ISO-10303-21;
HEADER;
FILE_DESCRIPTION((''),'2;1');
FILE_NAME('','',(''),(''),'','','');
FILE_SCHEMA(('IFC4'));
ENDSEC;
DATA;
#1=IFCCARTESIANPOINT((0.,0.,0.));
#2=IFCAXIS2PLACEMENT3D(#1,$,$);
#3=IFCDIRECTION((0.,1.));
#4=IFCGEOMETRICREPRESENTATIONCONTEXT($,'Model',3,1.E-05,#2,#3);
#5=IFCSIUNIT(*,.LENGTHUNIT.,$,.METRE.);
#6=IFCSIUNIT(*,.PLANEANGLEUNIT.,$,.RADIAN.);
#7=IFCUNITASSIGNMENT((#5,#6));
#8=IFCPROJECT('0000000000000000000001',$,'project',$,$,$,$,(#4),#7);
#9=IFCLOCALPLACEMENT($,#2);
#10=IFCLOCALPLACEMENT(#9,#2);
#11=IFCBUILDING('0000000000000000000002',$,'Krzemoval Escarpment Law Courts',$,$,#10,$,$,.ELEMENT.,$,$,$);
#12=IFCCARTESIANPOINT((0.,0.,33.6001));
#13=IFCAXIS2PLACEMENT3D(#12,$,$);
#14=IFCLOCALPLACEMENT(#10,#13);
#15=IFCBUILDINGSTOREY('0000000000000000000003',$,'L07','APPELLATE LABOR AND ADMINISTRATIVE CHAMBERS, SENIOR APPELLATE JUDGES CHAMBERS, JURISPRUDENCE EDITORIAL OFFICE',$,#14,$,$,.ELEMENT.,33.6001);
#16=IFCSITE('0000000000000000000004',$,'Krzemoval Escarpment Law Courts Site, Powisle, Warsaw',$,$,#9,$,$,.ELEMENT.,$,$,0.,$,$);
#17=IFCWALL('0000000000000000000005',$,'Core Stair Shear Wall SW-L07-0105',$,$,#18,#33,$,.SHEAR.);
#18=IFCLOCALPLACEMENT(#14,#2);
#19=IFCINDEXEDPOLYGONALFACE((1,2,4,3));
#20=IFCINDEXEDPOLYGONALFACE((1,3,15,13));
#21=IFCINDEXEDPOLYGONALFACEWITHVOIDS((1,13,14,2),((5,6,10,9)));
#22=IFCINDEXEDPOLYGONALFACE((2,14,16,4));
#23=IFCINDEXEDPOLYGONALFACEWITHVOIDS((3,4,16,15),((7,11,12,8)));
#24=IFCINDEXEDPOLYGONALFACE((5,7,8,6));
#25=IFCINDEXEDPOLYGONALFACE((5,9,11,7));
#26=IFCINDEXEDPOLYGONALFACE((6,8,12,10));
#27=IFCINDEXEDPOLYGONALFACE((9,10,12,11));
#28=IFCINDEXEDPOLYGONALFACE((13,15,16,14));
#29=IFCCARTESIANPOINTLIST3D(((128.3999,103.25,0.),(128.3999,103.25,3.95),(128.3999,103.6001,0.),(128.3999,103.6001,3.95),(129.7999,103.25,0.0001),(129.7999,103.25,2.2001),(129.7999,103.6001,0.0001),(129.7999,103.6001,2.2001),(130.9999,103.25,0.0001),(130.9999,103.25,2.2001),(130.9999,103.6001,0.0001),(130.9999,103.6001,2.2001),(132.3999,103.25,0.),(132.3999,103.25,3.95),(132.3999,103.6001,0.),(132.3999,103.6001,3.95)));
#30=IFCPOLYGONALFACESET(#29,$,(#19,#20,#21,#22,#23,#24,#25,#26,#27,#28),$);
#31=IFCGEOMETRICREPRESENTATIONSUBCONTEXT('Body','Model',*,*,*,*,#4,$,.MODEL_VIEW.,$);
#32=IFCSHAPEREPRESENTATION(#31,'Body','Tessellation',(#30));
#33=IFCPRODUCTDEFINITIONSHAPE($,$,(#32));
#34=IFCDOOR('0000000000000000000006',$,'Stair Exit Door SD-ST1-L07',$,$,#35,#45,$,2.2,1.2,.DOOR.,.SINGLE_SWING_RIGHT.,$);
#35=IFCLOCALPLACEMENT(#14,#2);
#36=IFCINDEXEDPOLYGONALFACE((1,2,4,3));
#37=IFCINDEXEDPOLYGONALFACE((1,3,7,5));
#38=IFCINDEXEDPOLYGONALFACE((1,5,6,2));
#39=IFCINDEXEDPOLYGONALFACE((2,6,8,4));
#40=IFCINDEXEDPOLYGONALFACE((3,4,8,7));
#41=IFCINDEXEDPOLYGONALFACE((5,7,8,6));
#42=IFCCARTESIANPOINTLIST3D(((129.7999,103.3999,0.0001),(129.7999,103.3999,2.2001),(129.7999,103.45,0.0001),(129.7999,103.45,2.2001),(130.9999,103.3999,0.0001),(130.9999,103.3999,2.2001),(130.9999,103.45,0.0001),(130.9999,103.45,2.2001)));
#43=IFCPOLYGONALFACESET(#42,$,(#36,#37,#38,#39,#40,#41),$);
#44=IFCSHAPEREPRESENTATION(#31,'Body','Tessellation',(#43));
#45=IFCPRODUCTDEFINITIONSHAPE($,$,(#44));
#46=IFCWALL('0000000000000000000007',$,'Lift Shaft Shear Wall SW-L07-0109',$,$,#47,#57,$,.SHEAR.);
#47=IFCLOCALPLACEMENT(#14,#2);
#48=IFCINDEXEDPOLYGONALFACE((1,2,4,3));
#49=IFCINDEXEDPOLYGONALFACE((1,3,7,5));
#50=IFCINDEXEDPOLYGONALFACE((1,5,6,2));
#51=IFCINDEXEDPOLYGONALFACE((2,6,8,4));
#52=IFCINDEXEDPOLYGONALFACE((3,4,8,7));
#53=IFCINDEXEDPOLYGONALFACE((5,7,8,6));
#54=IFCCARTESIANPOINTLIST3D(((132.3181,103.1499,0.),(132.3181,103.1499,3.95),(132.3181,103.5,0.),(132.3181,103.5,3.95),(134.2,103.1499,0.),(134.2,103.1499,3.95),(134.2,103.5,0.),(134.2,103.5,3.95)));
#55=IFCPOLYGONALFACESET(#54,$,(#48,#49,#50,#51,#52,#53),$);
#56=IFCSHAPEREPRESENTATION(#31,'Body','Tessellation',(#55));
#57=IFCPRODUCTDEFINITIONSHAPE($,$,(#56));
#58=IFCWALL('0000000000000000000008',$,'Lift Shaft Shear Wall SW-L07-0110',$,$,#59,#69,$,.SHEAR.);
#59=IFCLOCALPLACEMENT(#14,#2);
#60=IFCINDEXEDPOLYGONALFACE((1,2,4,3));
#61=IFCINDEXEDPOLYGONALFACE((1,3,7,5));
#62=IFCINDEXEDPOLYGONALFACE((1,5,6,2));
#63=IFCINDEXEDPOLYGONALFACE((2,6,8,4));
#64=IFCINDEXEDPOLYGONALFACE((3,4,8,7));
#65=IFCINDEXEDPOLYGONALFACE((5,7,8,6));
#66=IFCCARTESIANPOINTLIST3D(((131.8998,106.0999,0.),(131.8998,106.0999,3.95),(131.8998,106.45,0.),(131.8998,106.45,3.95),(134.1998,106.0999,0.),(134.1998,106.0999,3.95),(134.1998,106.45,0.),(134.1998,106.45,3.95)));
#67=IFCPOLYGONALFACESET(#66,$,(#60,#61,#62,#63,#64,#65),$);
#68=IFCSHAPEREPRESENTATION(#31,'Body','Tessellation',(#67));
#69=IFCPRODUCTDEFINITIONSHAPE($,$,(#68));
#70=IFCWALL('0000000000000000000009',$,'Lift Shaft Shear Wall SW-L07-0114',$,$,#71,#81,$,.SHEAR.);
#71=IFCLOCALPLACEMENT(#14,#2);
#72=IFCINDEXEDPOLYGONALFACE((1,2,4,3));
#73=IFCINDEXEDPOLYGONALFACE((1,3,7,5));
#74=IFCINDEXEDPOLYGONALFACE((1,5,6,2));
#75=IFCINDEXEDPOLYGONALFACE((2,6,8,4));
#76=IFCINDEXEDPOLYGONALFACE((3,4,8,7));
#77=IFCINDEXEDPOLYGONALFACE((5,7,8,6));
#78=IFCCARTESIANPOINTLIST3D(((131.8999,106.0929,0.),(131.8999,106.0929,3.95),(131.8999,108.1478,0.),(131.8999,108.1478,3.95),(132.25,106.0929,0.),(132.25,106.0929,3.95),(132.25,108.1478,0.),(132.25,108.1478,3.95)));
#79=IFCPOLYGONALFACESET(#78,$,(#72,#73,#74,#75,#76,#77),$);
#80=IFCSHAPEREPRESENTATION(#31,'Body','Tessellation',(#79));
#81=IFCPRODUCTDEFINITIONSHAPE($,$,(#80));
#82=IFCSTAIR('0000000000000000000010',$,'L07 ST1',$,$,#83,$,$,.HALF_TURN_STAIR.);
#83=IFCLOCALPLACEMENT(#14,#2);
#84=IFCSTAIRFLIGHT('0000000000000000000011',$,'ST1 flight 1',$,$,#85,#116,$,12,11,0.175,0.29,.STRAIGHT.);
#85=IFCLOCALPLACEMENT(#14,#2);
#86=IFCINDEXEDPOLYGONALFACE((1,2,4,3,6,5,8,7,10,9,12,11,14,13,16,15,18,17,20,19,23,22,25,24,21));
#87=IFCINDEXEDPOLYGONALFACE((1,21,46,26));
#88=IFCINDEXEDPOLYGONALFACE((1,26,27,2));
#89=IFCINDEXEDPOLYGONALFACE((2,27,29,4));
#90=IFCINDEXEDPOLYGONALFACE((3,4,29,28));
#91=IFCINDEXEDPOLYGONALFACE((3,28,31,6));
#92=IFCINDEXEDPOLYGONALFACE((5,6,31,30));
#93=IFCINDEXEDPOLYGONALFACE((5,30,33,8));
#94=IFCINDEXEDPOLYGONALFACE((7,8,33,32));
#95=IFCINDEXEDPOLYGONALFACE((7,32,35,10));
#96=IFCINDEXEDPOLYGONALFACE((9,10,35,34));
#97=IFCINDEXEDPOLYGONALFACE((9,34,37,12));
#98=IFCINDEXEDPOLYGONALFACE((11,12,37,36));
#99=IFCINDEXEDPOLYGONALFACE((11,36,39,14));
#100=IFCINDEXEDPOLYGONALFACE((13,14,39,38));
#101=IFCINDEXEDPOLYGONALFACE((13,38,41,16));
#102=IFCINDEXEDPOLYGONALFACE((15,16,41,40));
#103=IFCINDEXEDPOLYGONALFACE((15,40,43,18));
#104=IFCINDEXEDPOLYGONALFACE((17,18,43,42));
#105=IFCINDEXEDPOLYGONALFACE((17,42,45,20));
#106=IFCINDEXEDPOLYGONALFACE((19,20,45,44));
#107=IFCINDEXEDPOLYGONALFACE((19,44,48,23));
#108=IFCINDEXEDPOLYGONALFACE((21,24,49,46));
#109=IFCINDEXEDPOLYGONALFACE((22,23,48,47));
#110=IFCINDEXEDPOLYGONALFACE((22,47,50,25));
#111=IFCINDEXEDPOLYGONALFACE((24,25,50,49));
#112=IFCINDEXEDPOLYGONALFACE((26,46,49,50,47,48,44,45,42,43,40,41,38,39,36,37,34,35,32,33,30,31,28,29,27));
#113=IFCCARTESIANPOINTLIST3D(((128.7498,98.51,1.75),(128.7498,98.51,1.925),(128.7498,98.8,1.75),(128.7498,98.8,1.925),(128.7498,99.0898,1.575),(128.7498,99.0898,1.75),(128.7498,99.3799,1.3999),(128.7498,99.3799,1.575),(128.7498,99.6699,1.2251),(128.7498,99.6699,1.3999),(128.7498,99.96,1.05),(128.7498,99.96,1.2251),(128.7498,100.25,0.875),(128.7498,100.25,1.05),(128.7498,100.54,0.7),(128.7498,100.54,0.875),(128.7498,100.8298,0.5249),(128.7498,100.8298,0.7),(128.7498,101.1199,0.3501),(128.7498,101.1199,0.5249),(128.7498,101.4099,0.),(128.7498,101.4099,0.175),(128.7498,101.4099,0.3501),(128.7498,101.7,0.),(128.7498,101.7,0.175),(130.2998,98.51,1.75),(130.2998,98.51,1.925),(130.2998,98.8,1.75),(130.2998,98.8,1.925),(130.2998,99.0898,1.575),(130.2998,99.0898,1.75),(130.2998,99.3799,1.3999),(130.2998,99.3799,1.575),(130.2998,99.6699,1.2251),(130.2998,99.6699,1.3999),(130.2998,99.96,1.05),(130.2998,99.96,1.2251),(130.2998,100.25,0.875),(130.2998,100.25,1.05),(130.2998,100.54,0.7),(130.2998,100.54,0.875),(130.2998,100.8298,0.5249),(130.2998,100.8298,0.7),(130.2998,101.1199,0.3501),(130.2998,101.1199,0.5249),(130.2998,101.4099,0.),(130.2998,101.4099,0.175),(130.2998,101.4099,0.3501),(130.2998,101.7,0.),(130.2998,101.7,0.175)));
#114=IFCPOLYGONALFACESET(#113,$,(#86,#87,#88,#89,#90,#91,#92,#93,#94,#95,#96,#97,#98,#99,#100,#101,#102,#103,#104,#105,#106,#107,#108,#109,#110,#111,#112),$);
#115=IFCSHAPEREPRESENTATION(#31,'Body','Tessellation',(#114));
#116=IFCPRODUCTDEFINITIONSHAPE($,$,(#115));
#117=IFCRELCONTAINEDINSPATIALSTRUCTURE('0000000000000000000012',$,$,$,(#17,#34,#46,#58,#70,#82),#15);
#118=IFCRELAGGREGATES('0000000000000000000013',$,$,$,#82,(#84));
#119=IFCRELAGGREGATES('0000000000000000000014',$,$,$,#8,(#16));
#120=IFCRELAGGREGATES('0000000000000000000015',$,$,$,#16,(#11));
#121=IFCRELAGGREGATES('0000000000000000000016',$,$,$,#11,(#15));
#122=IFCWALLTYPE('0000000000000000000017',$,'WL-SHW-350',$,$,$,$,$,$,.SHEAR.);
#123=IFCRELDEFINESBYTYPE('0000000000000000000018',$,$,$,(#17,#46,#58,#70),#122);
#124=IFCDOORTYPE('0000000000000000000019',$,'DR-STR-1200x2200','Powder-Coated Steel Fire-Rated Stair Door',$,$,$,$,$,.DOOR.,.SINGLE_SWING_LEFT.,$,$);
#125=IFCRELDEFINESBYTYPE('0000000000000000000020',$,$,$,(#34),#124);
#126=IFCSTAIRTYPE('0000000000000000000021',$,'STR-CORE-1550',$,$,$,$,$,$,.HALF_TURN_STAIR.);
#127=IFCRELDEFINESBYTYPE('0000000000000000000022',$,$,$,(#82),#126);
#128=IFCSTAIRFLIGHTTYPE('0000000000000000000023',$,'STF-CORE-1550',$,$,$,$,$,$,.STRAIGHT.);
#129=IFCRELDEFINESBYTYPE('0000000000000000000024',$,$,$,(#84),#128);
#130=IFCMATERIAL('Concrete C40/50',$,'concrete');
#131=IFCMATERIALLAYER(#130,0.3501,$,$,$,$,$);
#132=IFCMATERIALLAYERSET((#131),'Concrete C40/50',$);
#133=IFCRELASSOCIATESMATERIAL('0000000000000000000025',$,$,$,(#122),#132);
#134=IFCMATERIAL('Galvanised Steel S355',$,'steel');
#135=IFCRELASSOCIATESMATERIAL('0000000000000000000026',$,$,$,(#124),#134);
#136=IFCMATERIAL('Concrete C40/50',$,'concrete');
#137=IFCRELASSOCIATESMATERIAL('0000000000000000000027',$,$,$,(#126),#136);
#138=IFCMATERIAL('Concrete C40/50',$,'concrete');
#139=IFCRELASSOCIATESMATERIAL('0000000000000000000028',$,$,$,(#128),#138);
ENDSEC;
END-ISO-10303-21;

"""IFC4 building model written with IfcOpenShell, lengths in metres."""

from ifc_helpers import new_model, si_unit, direction, frame, frame_2d, origin, place, context, subcontext, project, spatial, polyline, rectangle, outline, extrude, material, layer, layer_set, type_object, element, fill, aggregate, save


model = new_model("IFC4")

# Units and contexts
model_context = context("Model", 3, precision=1e-05, world=origin(), true_north=direction((0.0, 1.0)))
body_context = subcontext(model_context, "Body", "Model", "MODEL_VIEW")
ifc_project = project(units=[si_unit("LENGTHUNIT", "METRE"), si_unit("PLANEANGLEUNIT", "RADIAN")], contexts=[model_context])

# Site, building, storey
site_placement = place(None, origin())
site = spatial("IfcSite", under=ifc_project, at=site_placement, Name="Krzemoval Escarpment Law Courts Site, Powisle, Warsaw", CompositionType="ELEMENT", RefElevation=0.0)
building_placement = place(site_placement, origin())
building = spatial("IfcBuilding", under=site, at=building_placement, Name="Krzemoval Escarpment Law Courts", CompositionType="ELEMENT")
storey_placement = place(building_placement, frame((0.0, 0.0, 33.6001)))
storey = spatial("IfcBuildingStorey", under=building, at=storey_placement, Name="L07", Description="APPELLATE LABOR AND ADMINISTRATIVE CHAMBERS, SENIOR APPELLATE JUDGES CHAMBERS, JURISPRUDENCE EDITORIAL OFFICE", CompositionType="ELEMENT", Elevation=33.6001)

# Wall, opening, door
ifc_material_1 = material(Name="Concrete C40/50", Category="concrete")
ifc_layer_1 = layer(ifc_material_1, 0.3501)
ifc_layer_set_1 = layer_set([ifc_layer_1], Name="Concrete C40/50")
wall_type_1 = type_object("IfcWallType", Name="WL-SHW-350", PredefinedType="SHEAR", material=ifc_layer_set_1)
wall_1_placement = place(storey_placement, frame((128.3999, 103.425, 0.0), z_axis=(0.0, 0.0, 1.0), x_axis=(1.0, 0.0, 0.0)))
wall_1 = element("IfcWall", 1, at=wall_1_placement, inside=storey, type_object=wall_type_1, Name="Core Stair Shear Wall SW-L07-0105", PredefinedType="SHEAR", context=body_context, shape_type="SweptSolid", body=[
    extrude(rectangle(XDim=4.0, YDim=0.3501, at=frame_2d((2.0, 0.0))), origin(), (0.0, 0.0, 1.0), 3.95),
])
opening_1_placement = place(wall_1_placement, frame((1.3999, 0.0, 0.0)))
opening_1 = element("IfcOpeningElement", 2, at=opening_1_placement, cuts=wall_1, PredefinedType="OPENING", context=body_context, shape_type="SweptSolid", body=[
    extrude(rectangle(XDim=1.2, YDim=2.2, at=frame_2d((0.6001, 1.1001))), frame((0.0, 0.19, 0.0), z_axis=(0.0, -1.0, 0.0), x_axis=(1.0, 0.0, 0.0)), (0.0, 0.0, 1.0), 0.3801),
])
ifc_material_2 = material(Name="Galvanised Steel S355", Category="steel")
door_type_1 = type_object("IfcDoorType", Name="DR-STR-1200x2200", Description="Powder-Coated Steel Fire-Rated Stair Door", OperationType="SINGLE_SWING_LEFT", PredefinedType="DOOR", material=ifc_material_2)
door_1_placement = place(opening_1_placement, origin())
door_1 = element("IfcDoor", 3, at=door_1_placement, inside=storey, type_object=door_type_1, Name="Stair Exit Door SD-ST1-L07", OperationType="SINGLE_SWING_RIGHT", OverallHeight=2.2, OverallWidth=1.2, PredefinedType="DOOR", context=body_context, shape_type="SweptSolid", body=[
    extrude(rectangle(XDim=1.2, YDim=2.2, at=frame_2d((0.6001, 1.1001))), frame((0.0, 0.0249, 0.0), z_axis=(0.0, -1.0, 0.0), x_axis=(1.0, 0.0, 0.0)), (0.0, 0.0, 1.0), 0.05),
])
fill(opening_1, door_1)

# Walls
wall_2_placement = place(storey_placement, frame((132.3181, 103.325, 0.0), z_axis=(0.0, 0.0, 1.0), x_axis=(1.0, 0.0, 0.0)))
element("IfcWall", 4, at=wall_2_placement, inside=storey, type_object=wall_type_1, Name="Lift Shaft Shear Wall SW-L07-0109", PredefinedType="SHEAR", context=body_context, shape_type="SweptSolid", body=[
    extrude(rectangle(XDim=1.8818, YDim=0.3501, at=frame_2d((0.9409, 0.0))), origin(), (0.0, 0.0, 1.0), 3.95),
])
wall_3_placement = place(storey_placement, frame((131.8999, 106.2749, 0.0), z_axis=(0.0, 0.0, 1.0), x_axis=(1.0, 0.0, 0.0)))
element("IfcWall", 5, at=wall_3_placement, inside=storey, type_object=wall_type_1, Name="Lift Shaft Shear Wall SW-L07-0110", PredefinedType="SHEAR", context=body_context, shape_type="SweptSolid", body=[
    extrude(rectangle(XDim=2.3, YDim=0.3501, at=frame_2d((1.1499, 0.0))), origin(), (0.0, 0.0, 1.0), 3.95),
])

# Wall
wall_4_placement = place(storey_placement, frame((132.075, 106.093, 0.0), z_axis=(0.0, 0.0, 1.0), x_axis=(0.0, 1.0, 0.0)))
element("IfcWall", 6, at=wall_4_placement, inside=storey, type_object=wall_type_1, Name="Lift Shaft Shear Wall SW-L07-0114", PredefinedType="SHEAR", context=body_context, shape_type="SweptSolid", body=[
    extrude(rectangle(XDim=2.0549, YDim=0.3501, at=frame_2d((1.0273, 0.0))), origin(), (0.0, 0.0, 1.0), 3.95),
])

# Stair, stair flight
ifc_material_3 = material(Name="Concrete C40/50", Category="concrete")
stair_type = type_object("IfcStairType", Name="STR-CORE-1550", PredefinedType="HALF_TURN_STAIR", material=ifc_material_3)
stair_placement = place(storey_placement, origin())
stair = element("IfcStair", 7, at=stair_placement, inside=storey, type_object=stair_type, Name="L07 ST1", PredefinedType="HALF_TURN_STAIR")
ifc_material_4 = material(Name="Concrete C40/50", Category="concrete")
stair_flight_type = type_object("IfcStairFlightType", Name="STF-CORE-1550", PredefinedType="STRAIGHT", material=ifc_material_4)
stair_flight_placement = place(storey_placement, frame((129.5249, 101.7, 0.0), z_axis=(0.0, 0.0, 1.0), x_axis=(0.0, -1.0, 0.0)))
stair_flight = element("IfcStairFlight", 8, at=stair_flight_placement, type_object=stair_flight_type, Name="ST1 flight 1", NumberOfRisers=12, NumberOfTreads=11, PredefinedType="STRAIGHT", RiserHeight=0.175, TreadLength=0.29, context=body_context, shape_type="SweptSolid", body=[
    extrude(outline(polyline([(0.0, 0.0), (0.0, 0.175), (0.29, 0.175), (0.29, 0.3501), (0.5801, 0.3501), (0.5801, 0.5249), (0.8701, 0.5249), (0.8701, 0.7), (1.1599, 0.7), (1.1599, 0.875), (1.45, 0.875), (1.45, 1.05), (1.74, 1.05), (1.74, 1.2251), (2.03, 1.2251), (2.03, 1.3999), (2.3201, 1.3999), (2.3201, 1.575), (2.6101, 1.575), (2.6101, 1.75), (2.8999, 1.75), (2.8999, 1.925), (3.1899, 1.925), (3.1899, 2.1001), (3.1899, 1.75), (0.29, 0.0), (0.0, 0.0)])), frame((0.0, 0.7749, 0.0), z_axis=(0.0, -1.0, 0.0), x_axis=(1.0, 0.0, 0.0)), (0.0, 0.0, 1.0), 1.55),
])
aggregate(stair, [stair_flight])

save(model, "model.ifc")
